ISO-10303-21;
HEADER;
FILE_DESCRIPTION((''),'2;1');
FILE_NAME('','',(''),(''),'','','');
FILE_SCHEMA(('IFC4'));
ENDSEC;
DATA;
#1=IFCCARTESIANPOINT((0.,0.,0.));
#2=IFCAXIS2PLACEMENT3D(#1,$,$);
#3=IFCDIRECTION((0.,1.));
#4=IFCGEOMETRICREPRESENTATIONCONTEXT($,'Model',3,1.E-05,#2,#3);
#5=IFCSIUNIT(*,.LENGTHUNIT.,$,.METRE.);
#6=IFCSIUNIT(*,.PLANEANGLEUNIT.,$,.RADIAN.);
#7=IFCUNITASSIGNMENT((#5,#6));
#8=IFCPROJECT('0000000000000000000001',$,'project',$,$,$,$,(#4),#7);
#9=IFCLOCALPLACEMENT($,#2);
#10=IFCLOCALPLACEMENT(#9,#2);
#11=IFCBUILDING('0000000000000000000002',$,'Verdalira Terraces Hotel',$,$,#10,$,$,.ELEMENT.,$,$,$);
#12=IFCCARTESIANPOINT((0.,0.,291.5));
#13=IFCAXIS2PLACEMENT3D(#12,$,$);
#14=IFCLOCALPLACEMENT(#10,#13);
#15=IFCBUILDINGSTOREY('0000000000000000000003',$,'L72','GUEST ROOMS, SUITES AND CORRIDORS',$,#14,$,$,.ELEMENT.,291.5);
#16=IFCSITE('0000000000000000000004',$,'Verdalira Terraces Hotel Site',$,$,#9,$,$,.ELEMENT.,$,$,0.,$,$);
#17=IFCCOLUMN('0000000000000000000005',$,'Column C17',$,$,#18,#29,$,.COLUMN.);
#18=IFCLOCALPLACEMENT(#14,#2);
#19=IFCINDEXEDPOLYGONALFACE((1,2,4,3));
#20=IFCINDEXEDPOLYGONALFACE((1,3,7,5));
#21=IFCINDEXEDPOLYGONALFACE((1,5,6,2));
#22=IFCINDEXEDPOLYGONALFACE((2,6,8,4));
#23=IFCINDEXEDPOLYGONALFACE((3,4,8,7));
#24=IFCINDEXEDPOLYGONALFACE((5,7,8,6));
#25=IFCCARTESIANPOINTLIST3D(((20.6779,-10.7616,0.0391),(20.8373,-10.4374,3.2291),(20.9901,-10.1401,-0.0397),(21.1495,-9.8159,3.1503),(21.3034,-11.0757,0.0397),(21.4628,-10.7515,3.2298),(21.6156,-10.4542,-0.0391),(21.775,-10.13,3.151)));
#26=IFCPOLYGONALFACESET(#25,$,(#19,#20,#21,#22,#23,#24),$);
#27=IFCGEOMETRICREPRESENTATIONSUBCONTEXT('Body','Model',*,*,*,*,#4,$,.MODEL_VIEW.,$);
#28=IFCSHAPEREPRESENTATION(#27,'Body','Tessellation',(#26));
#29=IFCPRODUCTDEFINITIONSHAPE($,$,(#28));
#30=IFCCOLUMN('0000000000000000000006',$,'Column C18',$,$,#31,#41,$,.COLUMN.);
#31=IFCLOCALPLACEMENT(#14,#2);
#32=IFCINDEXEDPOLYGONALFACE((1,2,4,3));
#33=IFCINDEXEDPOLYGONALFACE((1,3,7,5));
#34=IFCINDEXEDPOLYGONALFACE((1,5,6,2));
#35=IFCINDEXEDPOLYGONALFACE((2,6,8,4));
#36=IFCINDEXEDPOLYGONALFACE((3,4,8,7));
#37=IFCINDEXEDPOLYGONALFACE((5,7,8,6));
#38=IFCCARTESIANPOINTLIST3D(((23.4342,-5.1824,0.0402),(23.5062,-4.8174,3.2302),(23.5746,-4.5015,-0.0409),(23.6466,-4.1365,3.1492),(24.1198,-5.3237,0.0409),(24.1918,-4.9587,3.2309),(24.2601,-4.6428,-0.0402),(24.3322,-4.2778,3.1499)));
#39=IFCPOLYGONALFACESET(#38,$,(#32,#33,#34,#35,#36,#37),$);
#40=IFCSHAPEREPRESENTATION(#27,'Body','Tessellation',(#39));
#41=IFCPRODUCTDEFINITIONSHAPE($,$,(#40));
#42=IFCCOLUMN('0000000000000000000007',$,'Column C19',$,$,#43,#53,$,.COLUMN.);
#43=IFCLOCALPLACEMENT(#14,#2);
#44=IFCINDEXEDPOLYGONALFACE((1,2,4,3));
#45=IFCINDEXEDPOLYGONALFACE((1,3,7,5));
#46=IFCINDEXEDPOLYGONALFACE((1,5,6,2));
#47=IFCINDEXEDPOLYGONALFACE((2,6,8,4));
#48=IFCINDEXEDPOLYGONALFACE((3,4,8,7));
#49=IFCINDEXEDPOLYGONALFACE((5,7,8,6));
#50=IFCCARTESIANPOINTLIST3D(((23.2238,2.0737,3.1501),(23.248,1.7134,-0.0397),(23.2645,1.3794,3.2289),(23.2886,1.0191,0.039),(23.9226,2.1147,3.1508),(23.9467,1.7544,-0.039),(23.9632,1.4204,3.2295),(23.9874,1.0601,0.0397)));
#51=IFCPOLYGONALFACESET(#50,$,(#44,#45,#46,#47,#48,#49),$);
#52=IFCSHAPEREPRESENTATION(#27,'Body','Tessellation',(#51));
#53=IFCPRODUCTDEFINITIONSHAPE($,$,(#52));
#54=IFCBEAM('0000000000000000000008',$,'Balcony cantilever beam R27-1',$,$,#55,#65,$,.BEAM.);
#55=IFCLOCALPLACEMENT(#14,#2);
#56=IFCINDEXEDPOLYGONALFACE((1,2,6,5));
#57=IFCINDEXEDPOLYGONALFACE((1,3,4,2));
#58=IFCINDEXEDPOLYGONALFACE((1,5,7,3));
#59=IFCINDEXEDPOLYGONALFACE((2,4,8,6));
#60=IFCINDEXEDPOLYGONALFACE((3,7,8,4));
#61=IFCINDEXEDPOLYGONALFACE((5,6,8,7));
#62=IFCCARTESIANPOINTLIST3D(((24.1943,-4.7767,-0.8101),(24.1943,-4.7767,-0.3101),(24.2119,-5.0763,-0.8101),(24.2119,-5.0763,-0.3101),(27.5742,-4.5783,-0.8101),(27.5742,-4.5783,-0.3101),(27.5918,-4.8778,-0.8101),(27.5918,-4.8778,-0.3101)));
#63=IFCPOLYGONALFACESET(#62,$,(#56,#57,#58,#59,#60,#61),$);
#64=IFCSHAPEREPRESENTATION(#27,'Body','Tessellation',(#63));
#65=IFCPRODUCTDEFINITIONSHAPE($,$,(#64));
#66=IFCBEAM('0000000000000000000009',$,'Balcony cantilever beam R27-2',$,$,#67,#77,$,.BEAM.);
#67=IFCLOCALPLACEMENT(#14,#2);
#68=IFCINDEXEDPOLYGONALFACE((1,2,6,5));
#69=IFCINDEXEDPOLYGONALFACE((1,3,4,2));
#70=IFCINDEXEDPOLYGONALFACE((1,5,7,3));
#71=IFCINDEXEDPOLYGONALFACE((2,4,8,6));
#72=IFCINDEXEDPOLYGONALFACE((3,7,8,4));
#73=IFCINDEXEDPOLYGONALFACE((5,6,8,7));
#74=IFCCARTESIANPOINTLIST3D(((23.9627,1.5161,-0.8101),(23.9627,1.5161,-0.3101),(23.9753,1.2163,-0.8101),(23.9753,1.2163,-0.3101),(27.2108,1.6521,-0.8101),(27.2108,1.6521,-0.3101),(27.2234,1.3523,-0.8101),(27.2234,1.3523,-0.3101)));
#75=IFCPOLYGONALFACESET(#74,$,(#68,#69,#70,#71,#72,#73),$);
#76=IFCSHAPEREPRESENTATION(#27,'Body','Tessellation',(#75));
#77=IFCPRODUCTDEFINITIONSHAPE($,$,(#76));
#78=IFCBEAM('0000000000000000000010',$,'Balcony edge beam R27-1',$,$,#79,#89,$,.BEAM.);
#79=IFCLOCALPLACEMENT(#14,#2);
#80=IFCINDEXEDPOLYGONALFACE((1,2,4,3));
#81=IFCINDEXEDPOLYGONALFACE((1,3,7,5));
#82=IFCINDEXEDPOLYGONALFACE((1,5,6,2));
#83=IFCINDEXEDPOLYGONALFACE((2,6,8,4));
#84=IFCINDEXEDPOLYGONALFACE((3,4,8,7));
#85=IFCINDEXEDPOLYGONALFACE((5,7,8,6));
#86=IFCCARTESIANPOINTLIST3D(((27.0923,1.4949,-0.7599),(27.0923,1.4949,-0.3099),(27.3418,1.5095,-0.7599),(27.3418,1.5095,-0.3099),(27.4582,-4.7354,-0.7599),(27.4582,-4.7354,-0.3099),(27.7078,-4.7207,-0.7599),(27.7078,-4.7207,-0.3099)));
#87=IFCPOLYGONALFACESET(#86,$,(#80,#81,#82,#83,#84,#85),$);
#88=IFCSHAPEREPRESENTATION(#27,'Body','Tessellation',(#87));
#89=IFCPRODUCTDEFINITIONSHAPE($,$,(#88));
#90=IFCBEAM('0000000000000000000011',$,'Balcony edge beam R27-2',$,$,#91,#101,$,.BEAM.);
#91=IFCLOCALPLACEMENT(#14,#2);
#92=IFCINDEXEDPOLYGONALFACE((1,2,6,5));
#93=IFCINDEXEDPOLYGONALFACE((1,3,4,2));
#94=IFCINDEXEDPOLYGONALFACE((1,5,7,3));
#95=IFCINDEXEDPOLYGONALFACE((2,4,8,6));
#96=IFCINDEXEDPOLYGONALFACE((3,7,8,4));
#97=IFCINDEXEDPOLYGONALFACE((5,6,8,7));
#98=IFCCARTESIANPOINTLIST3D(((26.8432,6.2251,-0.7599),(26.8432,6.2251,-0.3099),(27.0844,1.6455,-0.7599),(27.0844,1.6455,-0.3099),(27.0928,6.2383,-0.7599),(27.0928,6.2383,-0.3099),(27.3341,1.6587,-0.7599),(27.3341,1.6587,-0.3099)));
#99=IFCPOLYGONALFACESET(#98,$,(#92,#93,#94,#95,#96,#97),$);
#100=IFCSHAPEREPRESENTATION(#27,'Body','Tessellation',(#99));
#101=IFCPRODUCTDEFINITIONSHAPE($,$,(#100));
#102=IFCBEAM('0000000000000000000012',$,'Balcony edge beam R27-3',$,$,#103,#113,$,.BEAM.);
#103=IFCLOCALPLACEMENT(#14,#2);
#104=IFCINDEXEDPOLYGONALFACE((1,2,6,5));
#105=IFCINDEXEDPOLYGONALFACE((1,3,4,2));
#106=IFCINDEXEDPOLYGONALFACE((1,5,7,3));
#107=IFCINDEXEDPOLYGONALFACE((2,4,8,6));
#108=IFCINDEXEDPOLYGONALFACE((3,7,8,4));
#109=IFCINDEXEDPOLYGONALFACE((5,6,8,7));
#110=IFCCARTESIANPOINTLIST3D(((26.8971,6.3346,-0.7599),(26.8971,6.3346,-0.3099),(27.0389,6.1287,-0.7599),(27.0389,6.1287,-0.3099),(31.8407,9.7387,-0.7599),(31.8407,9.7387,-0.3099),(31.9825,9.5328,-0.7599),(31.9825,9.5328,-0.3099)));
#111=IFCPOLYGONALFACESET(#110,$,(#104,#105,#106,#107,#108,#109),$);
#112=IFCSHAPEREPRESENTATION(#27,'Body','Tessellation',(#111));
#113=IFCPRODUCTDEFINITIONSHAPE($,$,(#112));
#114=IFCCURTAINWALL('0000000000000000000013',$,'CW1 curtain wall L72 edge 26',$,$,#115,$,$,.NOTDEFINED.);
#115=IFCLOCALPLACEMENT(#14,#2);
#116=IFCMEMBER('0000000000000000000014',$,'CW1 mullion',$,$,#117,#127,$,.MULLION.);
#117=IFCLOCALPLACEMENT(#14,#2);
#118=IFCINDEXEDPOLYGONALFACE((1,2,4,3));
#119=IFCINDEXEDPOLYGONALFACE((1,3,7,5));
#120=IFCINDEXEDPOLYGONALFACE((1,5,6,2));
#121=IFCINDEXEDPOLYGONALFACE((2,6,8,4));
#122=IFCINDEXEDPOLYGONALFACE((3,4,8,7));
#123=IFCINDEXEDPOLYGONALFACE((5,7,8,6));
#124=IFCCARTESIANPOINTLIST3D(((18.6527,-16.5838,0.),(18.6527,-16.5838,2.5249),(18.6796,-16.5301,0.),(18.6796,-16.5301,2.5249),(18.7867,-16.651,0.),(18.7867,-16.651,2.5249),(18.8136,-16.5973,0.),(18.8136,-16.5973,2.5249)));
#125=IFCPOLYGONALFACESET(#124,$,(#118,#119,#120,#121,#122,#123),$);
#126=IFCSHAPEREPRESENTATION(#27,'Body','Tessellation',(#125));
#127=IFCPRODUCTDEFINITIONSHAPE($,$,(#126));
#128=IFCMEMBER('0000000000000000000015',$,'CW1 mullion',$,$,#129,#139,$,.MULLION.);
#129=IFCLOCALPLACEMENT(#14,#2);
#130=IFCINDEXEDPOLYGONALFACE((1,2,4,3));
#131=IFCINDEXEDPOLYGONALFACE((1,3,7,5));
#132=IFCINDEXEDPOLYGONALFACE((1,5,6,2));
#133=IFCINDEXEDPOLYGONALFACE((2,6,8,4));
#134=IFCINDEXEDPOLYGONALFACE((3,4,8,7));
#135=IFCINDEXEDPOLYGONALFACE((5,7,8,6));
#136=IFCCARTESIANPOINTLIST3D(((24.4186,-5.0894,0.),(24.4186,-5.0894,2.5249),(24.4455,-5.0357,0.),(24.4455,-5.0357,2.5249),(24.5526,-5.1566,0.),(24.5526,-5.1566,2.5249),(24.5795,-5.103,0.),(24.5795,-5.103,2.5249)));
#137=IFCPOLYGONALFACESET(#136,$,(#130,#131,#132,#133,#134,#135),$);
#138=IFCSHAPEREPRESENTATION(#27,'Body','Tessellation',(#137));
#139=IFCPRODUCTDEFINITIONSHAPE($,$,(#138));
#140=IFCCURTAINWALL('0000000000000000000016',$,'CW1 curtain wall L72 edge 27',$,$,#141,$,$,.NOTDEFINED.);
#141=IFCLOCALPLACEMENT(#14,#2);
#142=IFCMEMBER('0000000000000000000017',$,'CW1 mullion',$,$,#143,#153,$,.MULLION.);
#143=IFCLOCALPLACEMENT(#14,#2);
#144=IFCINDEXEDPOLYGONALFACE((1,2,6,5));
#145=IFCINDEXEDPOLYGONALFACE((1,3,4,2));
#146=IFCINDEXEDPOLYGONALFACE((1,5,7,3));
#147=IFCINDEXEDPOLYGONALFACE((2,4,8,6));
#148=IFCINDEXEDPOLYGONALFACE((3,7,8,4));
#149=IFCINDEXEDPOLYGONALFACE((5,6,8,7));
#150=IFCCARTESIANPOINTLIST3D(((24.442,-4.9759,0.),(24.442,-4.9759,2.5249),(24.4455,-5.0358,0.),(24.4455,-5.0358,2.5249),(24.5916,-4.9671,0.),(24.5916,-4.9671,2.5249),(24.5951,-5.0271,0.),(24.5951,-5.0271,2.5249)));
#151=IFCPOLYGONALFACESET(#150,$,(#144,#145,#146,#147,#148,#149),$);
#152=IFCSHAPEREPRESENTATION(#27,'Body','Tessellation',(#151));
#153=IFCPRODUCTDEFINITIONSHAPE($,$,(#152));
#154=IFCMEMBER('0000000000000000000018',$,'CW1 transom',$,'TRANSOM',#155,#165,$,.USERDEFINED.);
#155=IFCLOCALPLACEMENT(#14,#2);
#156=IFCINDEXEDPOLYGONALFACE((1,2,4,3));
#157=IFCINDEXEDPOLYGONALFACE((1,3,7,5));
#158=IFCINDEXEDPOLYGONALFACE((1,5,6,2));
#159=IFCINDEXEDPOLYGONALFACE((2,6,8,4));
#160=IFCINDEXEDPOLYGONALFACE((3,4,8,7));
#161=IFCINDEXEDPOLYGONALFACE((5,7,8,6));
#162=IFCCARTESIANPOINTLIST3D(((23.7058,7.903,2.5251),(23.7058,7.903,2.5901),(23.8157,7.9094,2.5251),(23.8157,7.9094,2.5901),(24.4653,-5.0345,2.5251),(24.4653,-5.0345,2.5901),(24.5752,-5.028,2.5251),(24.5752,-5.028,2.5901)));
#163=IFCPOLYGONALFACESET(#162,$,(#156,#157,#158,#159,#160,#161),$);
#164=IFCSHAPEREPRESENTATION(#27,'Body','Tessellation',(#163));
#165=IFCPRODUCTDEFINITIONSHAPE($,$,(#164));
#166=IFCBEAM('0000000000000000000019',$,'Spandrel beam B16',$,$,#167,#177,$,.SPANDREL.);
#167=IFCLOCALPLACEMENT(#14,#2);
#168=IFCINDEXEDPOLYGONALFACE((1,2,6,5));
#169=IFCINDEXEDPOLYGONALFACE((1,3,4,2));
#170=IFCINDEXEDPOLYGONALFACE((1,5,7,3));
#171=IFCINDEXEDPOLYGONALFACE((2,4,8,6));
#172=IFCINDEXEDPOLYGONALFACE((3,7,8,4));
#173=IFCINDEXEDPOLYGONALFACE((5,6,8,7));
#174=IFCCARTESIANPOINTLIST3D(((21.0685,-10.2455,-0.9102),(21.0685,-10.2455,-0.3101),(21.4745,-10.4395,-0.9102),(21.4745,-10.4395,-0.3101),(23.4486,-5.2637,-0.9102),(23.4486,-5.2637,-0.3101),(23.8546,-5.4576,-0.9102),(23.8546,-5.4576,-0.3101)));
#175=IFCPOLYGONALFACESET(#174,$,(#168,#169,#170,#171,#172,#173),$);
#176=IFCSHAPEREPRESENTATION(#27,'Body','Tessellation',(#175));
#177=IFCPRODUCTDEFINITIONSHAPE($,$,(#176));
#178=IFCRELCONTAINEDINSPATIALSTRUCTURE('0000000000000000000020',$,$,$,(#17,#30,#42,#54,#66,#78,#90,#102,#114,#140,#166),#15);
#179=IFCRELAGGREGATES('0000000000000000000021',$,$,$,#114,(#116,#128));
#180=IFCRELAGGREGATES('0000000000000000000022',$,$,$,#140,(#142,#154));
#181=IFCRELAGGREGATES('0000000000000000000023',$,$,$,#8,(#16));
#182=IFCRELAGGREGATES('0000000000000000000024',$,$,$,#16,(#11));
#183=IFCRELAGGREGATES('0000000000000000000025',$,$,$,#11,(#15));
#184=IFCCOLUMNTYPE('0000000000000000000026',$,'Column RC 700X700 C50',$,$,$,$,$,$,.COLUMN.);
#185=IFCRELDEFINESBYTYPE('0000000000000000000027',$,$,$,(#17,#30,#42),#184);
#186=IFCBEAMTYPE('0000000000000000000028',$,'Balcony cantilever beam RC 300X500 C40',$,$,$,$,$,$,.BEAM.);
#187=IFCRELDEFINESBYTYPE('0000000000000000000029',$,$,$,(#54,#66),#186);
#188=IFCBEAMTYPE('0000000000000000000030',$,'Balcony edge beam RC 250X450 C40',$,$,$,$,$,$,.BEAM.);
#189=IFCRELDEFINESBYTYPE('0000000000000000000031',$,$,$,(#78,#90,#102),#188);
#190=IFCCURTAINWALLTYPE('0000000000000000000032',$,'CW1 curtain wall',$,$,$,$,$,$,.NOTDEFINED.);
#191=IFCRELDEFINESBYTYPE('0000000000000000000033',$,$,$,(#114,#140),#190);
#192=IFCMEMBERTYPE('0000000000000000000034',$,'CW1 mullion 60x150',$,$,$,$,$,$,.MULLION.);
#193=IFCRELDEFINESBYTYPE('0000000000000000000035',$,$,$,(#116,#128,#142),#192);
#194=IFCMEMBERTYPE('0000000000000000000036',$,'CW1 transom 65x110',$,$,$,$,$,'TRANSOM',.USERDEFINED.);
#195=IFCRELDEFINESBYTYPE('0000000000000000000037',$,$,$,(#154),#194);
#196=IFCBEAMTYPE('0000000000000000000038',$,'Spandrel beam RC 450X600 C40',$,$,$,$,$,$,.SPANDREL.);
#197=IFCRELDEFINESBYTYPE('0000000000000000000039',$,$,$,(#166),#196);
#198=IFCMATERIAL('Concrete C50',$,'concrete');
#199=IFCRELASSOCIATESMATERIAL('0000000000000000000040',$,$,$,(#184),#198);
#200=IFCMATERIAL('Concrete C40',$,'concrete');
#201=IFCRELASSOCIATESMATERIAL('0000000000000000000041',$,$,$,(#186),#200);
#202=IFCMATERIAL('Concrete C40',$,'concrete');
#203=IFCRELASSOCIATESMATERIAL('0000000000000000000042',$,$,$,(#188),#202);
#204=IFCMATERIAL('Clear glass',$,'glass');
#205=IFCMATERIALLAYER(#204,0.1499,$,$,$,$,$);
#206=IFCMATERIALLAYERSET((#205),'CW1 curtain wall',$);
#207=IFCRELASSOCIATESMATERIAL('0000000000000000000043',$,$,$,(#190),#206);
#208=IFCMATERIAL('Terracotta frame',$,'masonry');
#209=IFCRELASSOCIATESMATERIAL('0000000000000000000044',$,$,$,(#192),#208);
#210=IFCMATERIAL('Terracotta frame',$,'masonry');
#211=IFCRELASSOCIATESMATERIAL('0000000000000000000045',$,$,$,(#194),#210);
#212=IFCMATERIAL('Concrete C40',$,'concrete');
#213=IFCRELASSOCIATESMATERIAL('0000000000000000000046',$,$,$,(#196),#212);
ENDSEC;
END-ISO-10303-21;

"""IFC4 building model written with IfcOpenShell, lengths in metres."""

from ifc_helpers import new_model, si_unit, direction, frame, origin, origin_2d, place, context, subcontext, project, spatial, rectangle, extrude, material, layer, layer_set, material_profile, profile_set, type_object, element, aggregate, save


model = new_model("IFC4")

# Units and contexts
model_context = context("Model", 3, precision=1e-05, world=origin(), true_north=direction((0.0, 1.0)))
body_context = subcontext(model_context, "Body", "Model", "MODEL_VIEW")
ifc_project = project(units=[si_unit("LENGTHUNIT", "METRE"), si_unit("PLANEANGLEUNIT", "RADIAN")], contexts=[model_context])

# Site, building, storey
site_placement = place(None, origin())
site = spatial("IfcSite", under=ifc_project, at=site_placement, Name="Verdalira Terraces Hotel Site", CompositionType="ELEMENT", RefElevation=0.0)
building_placement = place(site_placement, origin())
building = spatial("IfcBuilding", under=site, at=building_placement, Name="Verdalira Terraces Hotel", CompositionType="ELEMENT")
storey_placement = place(building_placement, frame((0.0, 0.0, 291.5)))
storey = spatial("IfcBuildingStorey", under=building, at=storey_placement, Name="L72", Description="GUEST ROOMS, SUITES AND CORRIDORS", CompositionType="ELEMENT", Elevation=291.5)

# Columns
ifc_material_1 = material(Name="Concrete C50", Category="concrete")
ifc_material_profile_1 = material_profile(ifc_material_1, rectangle(XDim=0.7, YDim=0.7, at=origin_2d()), Name="RC 700X700")
ifc_profile_set_1 = profile_set([ifc_material_profile_1], Name="Concrete C50")
column_type = type_object("IfcColumnType", Name="Column RC 700X700 C50", PredefinedType="COLUMN", material=ifc_profile_set_1)
column_1_placement = place(storey_placement, frame((21.1467, -10.6079, 0.0), z_axis=(0.04966, 0.100992, 0.993647), x_axis=(0.446005, 0.887927, -0.112537)))
element("IfcColumn", 1, at=column_1_placement, inside=storey, type_object=column_type, Name="Column C17", PredefinedType="COLUMN", context=body_context, shape_type="SweptSolid", body=[
    extrude(rectangle(XDim=0.7, YDim=0.7, at=origin_2d()), origin(), (0.0, 0.0, 1.0), 3.2104),
])
column_2_placement = place(storey_placement, frame((23.8472, -4.9126, 0.0), z_axis=(0.022426, 0.113649, 0.993268), x_axis=(-0.200555, -0.97281, 0.115836)))
element("IfcColumn", 2, at=column_2_placement, inside=storey, type_object=column_type, Name="Column C18", PredefinedType="COLUMN", context=body_context, shape_type="SweptSolid", body=[
    extrude(rectangle(XDim=0.7, YDim=0.7, at=origin_2d()), origin(), (0.0, 0.0, 1.0), 3.2117),
])
column_3_placement = place(storey_placement, frame((23.6177, 1.3867, 0.0), z_axis=(-0.007529, 0.112248, 0.993652), x_axis=(-0.058083, 0.991953, -0.112496)))
element("IfcColumn", 3, at=column_3_placement, inside=storey, type_object=column_type, Name="Column C19", PredefinedType="COLUMN", context=body_context, shape_type="SweptSolid", body=[
    extrude(rectangle(XDim=0.7, YDim=0.7, at=origin_2d()), origin(), (0.0, 0.0, 1.0), 3.2102),
])

# Beams
ifc_material_2 = material(Name="Concrete C40", Category="concrete")
ifc_material_profile_2 = material_profile(ifc_material_2, rectangle(XDim=0.3, YDim=0.5, at=origin_2d()), Name="RC 300X500")
ifc_profile_set_2 = profile_set([ifc_material_profile_2], Name="Concrete C40")
beam_type_1 = type_object("IfcBeamType", Name="Balcony cantilever beam RC 300X500 C40", PredefinedType="BEAM", material=ifc_profile_set_2)
beam_1_placement = place(storey_placement, frame((24.2031, -4.9265, -0.5601), z_axis=(0.99828, 0.058625, 0.0), x_axis=(-0.058625, 0.99828, 0.0)))
element("IfcBeam", 4, at=beam_1_placement, inside=storey, type_object=beam_type_1, Name="Balcony cantilever beam R27-1", PredefinedType="BEAM", context=body_context, shape_type="SweptSolid", body=[
    extrude(rectangle(XDim=0.3, YDim=0.5, at=origin_2d()), origin(), (0.0, 0.0, 1.0), 3.3857),
])
beam_2_placement = place(storey_placement, frame((23.969, 1.3662, -0.5601), z_axis=(0.999125, 0.04183, 0.0), x_axis=(-0.04183, 0.999125, 0.0)))
element("IfcBeam", 5, at=beam_2_placement, inside=storey, type_object=beam_type_1, Name="Balcony cantilever beam R27-2", PredefinedType="BEAM", context=body_context, shape_type="SweptSolid", body=[
    extrude(rectangle(XDim=0.3, YDim=0.5, at=origin_2d()), origin(), (0.0, 0.0, 1.0), 3.251),
])
ifc_material_3 = material(Name="Concrete C40", Category="concrete")
ifc_material_profile_3 = material_profile(ifc_material_3, rectangle(XDim=0.25, YDim=0.45, at=origin_2d()), Name="RC 250X450")
ifc_profile_set_3 = profile_set([ifc_material_profile_3], Name="Concrete C40")
beam_type_2 = type_object("IfcBeamType", Name="Balcony edge beam RC 250X450 C40", PredefinedType="BEAM", material=ifc_profile_set_3)
beam_3_placement = place(storey_placement, frame((27.583, -4.728, -0.5349), z_axis=(-0.058639, 0.998279, 0.0), x_axis=(-0.998279, -0.058639, 0.0)))
element("IfcBeam", 6, at=beam_3_placement, inside=storey, type_object=beam_type_2, Name="Balcony edge beam R27-1", PredefinedType="BEAM", context=body_context, shape_type="SweptSolid", body=[
    extrude(rectangle(XDim=0.25, YDim=0.45, at=origin_2d()), origin(), (0.0, 0.0, 1.0), 6.241),
])
beam_4_placement = place(storey_placement, frame((27.2092, 1.6521, -0.5349), z_axis=(-0.052598, 0.998616, 0.0), x_axis=(-0.998616, -0.052598, 0.0)))
element("IfcBeam", 7, at=beam_4_placement, inside=storey, type_object=beam_type_2, Name="Balcony edge beam R27-2", PredefinedType="BEAM", context=body_context, shape_type="SweptSolid", body=[
    extrude(rectangle(XDim=0.25, YDim=0.45, at=origin_2d()), origin(), (0.0, 0.0, 1.0), 4.5859),
])
beam_5_placement = place(storey_placement, frame((26.968, 6.2317, -0.5349), z_axis=(0.823628, 0.567131, 0.0), x_axis=(-0.567131, 0.823628, 0.0)))
element("IfcBeam", 8, at=beam_5_placement, inside=storey, type_object=beam_type_2, Name="Balcony edge beam R27-3", PredefinedType="BEAM", context=body_context, shape_type="SweptSolid", body=[
    extrude(rectangle(XDim=0.25, YDim=0.45, at=origin_2d()), origin(), (0.0, 0.0, 1.0), 6.0022),
])

# Curtain walls, members
ifc_material_4 = material(Name="Clear glass", Category="glass")
ifc_layer_1 = layer(ifc_material_4, 0.1499)
ifc_layer_set_1 = layer_set([ifc_layer_1], Name="CW1 curtain wall")
curtain_wall_type = type_object("IfcCurtainWallType", Name="CW1 curtain wall", PredefinedType="NOTDEFINED", material=ifc_layer_set_1)
curtain_wall_1_placement = place(storey_placement, origin())
curtain_wall_1 = element("IfcCurtainWall", 9, at=curtain_wall_1_placement, inside=storey, type_object=curtain_wall_type, Name="CW1 curtain wall L72 edge 26", PredefinedType="NOTDEFINED")
ifc_material_5 = material(Name="Terracotta frame", Category="masonry")
ifc_material_profile_4 = material_profile(ifc_material_5, rectangle(XDim=0.0601, YDim=0.1499, at=origin_2d()), Name="MU 60x150")
ifc_profile_set_4 = profile_set([ifc_material_profile_4], Name="Terracotta frame")
member_type_1 = type_object("IfcMemberType", Name="CW1 mullion 60x150", PredefinedType="MULLION", material=ifc_profile_set_4)
member_1_placement = place(storey_placement, frame((18.7332, -16.5906, 0.0), z_axis=(0.0, 0.0, 1.0), x_axis=(0.448383, 0.893841, 0.0)))
member_1 = element("IfcMember", 10, at=member_1_placement, type_object=member_type_1, Name="CW1 mullion", PredefinedType="MULLION", context=body_context, shape_type="SweptSolid", body=[
    extrude(rectangle(XDim=0.0601, YDim=0.1499, at=origin_2d()), origin(), (0.0, 0.0, 1.0), 2.5249),
])
member_2_placement = place(storey_placement, frame((24.499, -5.0962, 0.0), z_axis=(0.0, 0.0, 1.0), x_axis=(0.448383, 0.893841, 0.0)))
member_2 = element("IfcMember", 11, at=member_2_placement, type_object=member_type_1, Name="CW1 mullion", PredefinedType="MULLION", context=body_context, shape_type="SweptSolid", body=[
    extrude(rectangle(XDim=0.0601, YDim=0.1499, at=origin_2d()), origin(), (0.0, 0.0, 1.0), 2.5249),
])
curtain_wall_2_placement = place(storey_placement, origin())
curtain_wall_2 = element("IfcCurtainWall", 12, at=curtain_wall_2_placement, inside=storey, type_object=curtain_wall_type, Name="CW1 curtain wall L72 edge 27", PredefinedType="NOTDEFINED")
member_3_placement = place(storey_placement, frame((24.5186, -5.0015, 0.0), z_axis=(0.0, 0.0, 1.0), x_axis=(-0.058609, 0.998281, 0.0)))
member_3 = element("IfcMember", 13, at=member_3_placement, type_object=member_type_1, Name="CW1 mullion", PredefinedType="MULLION", context=body_context, shape_type="SweptSolid", body=[
    extrude(rectangle(XDim=0.0601, YDim=0.1499, at=origin_2d()), origin(), (0.0, 0.0, 1.0), 2.5249),
])
ifc_material_6 = material(Name="Terracotta frame", Category="masonry")
ifc_material_profile_5 = material_profile(ifc_material_6, rectangle(XDim=0.1101, YDim=0.0649, at=origin_2d()), Name="TR 65x110")
ifc_profile_set_5 = profile_set([ifc_material_profile_5], Name="Terracotta frame")
member_type_2 = type_object("IfcMemberType", Name="CW1 transom 65x110", ElementType="TRANSOM", PredefinedType="USERDEFINED", material=ifc_profile_set_5)
member_4_placement = place(storey_placement, frame((24.5203, -5.0312, 2.5576), z_axis=(-0.058606, 0.998281, 0.0), x_axis=(-0.998281, -0.058606, 0.0)))
member_4 = element("IfcMember", 14, at=member_4_placement, type_object=member_type_2, Name="CW1 transom", ObjectType="TRANSOM", PredefinedType="USERDEFINED", context=body_context, shape_type="SweptSolid", body=[
    extrude(rectangle(XDim=0.1101, YDim=0.0649, at=origin_2d()), origin(), (0.0, 0.0, 1.0), 12.9597),
])

# Beam
ifc_material_7 = material(Name="Concrete C40", Category="concrete")
ifc_material_profile_6 = material_profile(ifc_material_7, rectangle(XDim=0.45, YDim=0.6001, at=origin_2d()), Name="RC 450X600")
ifc_profile_set_6 = profile_set([ifc_material_profile_6], Name="Concrete C40")
beam_type_3 = type_object("IfcBeamType", Name="Spandrel beam RC 450X600 C40", PredefinedType="SPANDREL", material=ifc_profile_set_6)
beam_6_placement = place(storey_placement, frame((21.2715, -10.3425, -0.6101), z_axis=(0.431082, 0.902313, 0.0), x_axis=(-0.902313, 0.431082, 0.0)))
element("IfcBeam", 15, at=beam_6_placement, inside=storey, type_object=beam_type_3, Name="Spandrel beam B16", PredefinedType="SPANDREL", context=body_context, shape_type="SweptSolid", body=[
    extrude(rectangle(XDim=0.45, YDim=0.6001, at=origin_2d()), origin(), (0.0, 0.0, 1.0), 5.5212),
])

aggregate(curtain_wall_1, [member_1, member_2])
aggregate(curtain_wall_2, [member_3, member_4])

save(model, "model.ifc")
